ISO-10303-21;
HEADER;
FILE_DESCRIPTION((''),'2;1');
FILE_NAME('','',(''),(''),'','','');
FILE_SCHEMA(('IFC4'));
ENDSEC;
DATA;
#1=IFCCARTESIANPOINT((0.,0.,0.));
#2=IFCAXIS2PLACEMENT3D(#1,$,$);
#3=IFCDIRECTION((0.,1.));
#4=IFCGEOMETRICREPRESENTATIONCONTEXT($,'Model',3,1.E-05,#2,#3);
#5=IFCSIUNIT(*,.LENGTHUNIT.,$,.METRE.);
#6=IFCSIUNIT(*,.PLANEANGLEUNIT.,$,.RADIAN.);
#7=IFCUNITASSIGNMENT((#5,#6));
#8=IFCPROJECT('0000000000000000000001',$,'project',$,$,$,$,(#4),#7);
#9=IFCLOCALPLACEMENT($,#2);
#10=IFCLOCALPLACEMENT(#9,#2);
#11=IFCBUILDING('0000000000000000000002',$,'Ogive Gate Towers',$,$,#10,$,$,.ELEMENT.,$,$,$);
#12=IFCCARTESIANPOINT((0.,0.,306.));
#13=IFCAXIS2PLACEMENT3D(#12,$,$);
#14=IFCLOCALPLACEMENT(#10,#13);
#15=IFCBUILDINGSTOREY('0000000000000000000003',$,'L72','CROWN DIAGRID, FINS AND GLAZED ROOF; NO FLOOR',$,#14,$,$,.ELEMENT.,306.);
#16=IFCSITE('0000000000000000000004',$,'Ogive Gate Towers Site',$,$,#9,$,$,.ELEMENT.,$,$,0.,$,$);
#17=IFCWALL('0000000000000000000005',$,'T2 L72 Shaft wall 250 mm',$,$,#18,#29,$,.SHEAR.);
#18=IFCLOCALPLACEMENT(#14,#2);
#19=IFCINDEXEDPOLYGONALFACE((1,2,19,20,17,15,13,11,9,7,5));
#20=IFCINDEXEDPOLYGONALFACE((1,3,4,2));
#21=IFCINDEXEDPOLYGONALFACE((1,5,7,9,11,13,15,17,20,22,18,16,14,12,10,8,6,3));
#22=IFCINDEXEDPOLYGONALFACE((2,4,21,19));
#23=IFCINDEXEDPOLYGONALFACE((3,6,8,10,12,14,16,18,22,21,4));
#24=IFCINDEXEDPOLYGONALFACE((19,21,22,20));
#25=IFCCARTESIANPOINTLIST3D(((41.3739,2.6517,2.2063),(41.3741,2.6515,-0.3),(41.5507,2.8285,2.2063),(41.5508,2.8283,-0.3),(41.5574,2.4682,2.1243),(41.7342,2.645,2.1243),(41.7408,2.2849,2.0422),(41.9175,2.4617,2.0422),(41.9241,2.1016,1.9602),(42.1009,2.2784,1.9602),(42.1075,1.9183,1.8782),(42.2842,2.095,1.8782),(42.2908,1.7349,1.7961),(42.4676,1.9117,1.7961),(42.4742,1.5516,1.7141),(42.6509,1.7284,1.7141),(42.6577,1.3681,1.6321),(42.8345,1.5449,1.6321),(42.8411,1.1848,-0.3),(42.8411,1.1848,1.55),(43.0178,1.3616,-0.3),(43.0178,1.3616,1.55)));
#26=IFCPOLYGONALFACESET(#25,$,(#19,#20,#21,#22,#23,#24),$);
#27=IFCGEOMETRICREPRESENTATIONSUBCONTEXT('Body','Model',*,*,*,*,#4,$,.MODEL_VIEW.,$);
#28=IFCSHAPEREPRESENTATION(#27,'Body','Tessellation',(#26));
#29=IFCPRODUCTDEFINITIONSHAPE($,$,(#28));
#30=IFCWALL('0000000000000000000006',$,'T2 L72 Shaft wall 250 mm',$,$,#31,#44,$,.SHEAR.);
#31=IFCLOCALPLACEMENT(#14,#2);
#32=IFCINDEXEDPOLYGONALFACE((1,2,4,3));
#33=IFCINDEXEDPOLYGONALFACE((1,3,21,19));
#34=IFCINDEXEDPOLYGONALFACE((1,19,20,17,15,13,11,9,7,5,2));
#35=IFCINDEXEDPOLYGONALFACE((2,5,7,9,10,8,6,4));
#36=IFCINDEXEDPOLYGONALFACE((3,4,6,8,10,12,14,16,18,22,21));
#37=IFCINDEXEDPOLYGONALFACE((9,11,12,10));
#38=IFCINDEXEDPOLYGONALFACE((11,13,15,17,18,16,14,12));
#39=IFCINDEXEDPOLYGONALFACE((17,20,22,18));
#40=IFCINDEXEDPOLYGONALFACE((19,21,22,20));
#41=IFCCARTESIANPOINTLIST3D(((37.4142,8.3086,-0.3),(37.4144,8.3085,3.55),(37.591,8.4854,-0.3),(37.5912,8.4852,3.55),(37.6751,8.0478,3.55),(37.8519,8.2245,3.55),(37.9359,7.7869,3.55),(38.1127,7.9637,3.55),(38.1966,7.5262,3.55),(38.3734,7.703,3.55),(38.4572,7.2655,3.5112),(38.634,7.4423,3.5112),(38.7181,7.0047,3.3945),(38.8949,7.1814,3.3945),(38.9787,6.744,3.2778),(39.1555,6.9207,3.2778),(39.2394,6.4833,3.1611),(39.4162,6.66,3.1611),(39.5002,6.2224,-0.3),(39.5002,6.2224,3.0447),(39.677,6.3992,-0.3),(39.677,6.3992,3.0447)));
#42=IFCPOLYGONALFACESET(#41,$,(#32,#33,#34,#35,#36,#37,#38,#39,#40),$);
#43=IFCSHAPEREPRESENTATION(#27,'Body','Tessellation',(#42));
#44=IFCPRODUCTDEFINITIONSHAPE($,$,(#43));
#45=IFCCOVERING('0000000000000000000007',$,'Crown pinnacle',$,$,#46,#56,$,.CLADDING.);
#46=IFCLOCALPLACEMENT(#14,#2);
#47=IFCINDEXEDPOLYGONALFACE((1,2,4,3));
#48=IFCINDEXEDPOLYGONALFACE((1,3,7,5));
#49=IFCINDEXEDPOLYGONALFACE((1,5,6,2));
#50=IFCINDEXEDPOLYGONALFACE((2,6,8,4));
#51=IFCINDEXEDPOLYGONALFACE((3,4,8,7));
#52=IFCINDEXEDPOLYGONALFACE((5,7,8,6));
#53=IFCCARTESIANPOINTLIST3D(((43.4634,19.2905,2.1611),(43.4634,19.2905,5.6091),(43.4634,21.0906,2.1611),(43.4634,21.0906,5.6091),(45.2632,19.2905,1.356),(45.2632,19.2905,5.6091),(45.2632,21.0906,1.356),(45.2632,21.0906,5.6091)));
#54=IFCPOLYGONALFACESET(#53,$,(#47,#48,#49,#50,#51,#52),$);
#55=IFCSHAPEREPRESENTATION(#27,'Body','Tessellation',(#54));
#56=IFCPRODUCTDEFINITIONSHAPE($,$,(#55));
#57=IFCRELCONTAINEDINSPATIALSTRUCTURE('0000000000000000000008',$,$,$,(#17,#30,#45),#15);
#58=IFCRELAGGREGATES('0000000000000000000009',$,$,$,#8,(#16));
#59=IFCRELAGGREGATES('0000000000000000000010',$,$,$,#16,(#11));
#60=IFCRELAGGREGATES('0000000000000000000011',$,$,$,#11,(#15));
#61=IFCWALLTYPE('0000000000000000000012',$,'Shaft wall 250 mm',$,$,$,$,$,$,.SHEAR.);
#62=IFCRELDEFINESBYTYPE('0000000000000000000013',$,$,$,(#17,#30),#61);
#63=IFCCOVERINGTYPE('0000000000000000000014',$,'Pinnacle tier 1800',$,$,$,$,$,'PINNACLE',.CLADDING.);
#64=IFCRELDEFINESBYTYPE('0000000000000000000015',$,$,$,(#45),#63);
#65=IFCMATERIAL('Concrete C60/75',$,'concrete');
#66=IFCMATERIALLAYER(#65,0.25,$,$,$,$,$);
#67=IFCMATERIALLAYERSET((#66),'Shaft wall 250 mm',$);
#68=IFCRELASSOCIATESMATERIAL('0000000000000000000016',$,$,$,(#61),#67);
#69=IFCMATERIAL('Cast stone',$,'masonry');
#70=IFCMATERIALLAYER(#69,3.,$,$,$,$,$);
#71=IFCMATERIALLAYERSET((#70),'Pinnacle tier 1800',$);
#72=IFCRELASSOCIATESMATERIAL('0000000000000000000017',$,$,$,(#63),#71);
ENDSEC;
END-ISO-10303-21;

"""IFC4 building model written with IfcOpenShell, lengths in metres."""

from ifc_helpers import new_model, si_unit, direction, frame, origin, place, context, subcontext, project, spatial, polyline, outline, extrude, material, layer, layer_set, type_object, element, save


model = new_model("IFC4")

# Units and contexts
model_context = context("Model", 3, precision=1e-05, world=origin(), true_north=direction((0.0, 1.0)))
body_context = subcontext(model_context, "Body", "Model", "MODEL_VIEW")
ifc_project = project(units=[si_unit("LENGTHUNIT", "METRE"), si_unit("PLANEANGLEUNIT", "RADIAN")], contexts=[model_context])

# Site, building, storey
site_placement = place(None, origin())
site = spatial("IfcSite", under=ifc_project, at=site_placement, Name="Ogive Gate Towers Site", CompositionType="ELEMENT", RefElevation=0.0)
building_placement = place(site_placement, origin())
building = spatial("IfcBuilding", under=site, at=building_placement, Name="Ogive Gate Towers", CompositionType="ELEMENT")
storey_placement = place(building_placement, frame((0.0, 0.0, 306.0)))
storey = spatial("IfcBuildingStorey", under=building, at=storey_placement, Name="L72", Description="CROWN DIAGRID, FINS AND GLAZED ROOF; NO FLOOR", CompositionType="ELEMENT", Elevation=306.0)

# Walls
ifc_material_1 = material(Name="Concrete C60/75", Category="concrete")
ifc_layer_1 = layer(ifc_material_1, 0.25)
ifc_layer_set_1 = layer_set([ifc_layer_1], Name="Shaft wall 250 mm")
wall_type_1 = type_object("IfcWallType", Name="Shaft wall 250 mm", PredefinedType="SHEAR", material=ifc_layer_set_1)
wall_1_placement = place(storey_placement, frame((42.9294, 1.2732, -0.3), z_axis=(0.0, 0.0, 1.0), x_axis=(-0.707166, 0.707048, 0.0)))
element("IfcWall", 1, at=wall_1_placement, inside=storey, type_object=wall_type_1, Name="T2 L72 Shaft wall 250 mm", PredefinedType="SHEAR", context=body_context, shape_type="SweptSolid", body=[
    extrude(outline(polyline([(0.0, 0.0), (2.0745, 0.0), (2.0747, 2.5063), (1.8152, 2.4243), (1.5559, 2.3423), (1.2966, 2.2603), (1.0374, 2.1782), (0.7781, 2.0962), (0.5188, 2.0142), (0.2593, 1.9321), (0.0, 1.8501), (0.0, 0.0)])), frame((0.0, 0.125, 0.0), z_axis=(0.0, -1.0, 0.0), x_axis=(1.0, 0.0, 0.0)), (0.0, 0.0, 1.0), 0.25),
])
wall_2_placement = place(storey_placement, frame((39.5886, 6.3108, -0.3), z_axis=(0.0, 0.0, 1.0), x_axis=(-0.707065, 0.707148, 0.0)))
element("IfcWall", 2, at=wall_2_placement, inside=storey, type_object=wall_type_1, Name="T2 L72 Shaft wall 250 mm", PredefinedType="SHEAR", context=body_context, shape_type="SweptSolid", body=[
    extrude(outline(polyline([(0.0, 0.0), (2.9502, 0.0), (2.95, 3.8501), (2.5813, 3.8501), (2.2124, 3.8501), (1.8438, 3.8501), (1.4751, 3.8113), (1.1062, 3.6946), (0.7375, 3.5779), (0.3689, 3.4612), (0.0, 3.3447), (0.0, 0.0)])), frame((0.0, 0.125, 0.0), z_axis=(0.0, -1.0, 0.0), x_axis=(1.0, 0.0, 0.0)), (0.0, 0.0, 1.0), 0.25),
])

# Covering
ifc_material_2 = material(Name="Cast stone", Category="masonry")
ifc_layer_2 = layer(ifc_material_2, 3.0)
ifc_layer_set_2 = layer_set([ifc_layer_2], Name="Pinnacle tier 1800")
covering_type = type_object("IfcCoveringType", Name="Pinnacle tier 1800", ElementType="PINNACLE", PredefinedType="CLADDING", material=ifc_layer_set_2)
covering_placement = place(storey_placement, frame((44.3633, 21.0906, 1.7585), z_axis=(0.0, -1.0, 0.0), x_axis=(1.0, 0.0, 0.0)))
element("IfcCovering", 3, at=covering_placement, inside=storey, type_object=covering_type, Name="Crown pinnacle", PredefinedType="CLADDING", context=body_context, shape_type="SweptSolid", body=[
    extrude(outline(polyline([(0.8999, -0.4026), (-0.8999, 0.4026), (-0.8999, 3.8506), (0.8999, 3.8506), (0.8999, -0.4026)])), origin(), (0.0, 0.0, 1.0), 1.8),
])

save(model, "model.ifc")
